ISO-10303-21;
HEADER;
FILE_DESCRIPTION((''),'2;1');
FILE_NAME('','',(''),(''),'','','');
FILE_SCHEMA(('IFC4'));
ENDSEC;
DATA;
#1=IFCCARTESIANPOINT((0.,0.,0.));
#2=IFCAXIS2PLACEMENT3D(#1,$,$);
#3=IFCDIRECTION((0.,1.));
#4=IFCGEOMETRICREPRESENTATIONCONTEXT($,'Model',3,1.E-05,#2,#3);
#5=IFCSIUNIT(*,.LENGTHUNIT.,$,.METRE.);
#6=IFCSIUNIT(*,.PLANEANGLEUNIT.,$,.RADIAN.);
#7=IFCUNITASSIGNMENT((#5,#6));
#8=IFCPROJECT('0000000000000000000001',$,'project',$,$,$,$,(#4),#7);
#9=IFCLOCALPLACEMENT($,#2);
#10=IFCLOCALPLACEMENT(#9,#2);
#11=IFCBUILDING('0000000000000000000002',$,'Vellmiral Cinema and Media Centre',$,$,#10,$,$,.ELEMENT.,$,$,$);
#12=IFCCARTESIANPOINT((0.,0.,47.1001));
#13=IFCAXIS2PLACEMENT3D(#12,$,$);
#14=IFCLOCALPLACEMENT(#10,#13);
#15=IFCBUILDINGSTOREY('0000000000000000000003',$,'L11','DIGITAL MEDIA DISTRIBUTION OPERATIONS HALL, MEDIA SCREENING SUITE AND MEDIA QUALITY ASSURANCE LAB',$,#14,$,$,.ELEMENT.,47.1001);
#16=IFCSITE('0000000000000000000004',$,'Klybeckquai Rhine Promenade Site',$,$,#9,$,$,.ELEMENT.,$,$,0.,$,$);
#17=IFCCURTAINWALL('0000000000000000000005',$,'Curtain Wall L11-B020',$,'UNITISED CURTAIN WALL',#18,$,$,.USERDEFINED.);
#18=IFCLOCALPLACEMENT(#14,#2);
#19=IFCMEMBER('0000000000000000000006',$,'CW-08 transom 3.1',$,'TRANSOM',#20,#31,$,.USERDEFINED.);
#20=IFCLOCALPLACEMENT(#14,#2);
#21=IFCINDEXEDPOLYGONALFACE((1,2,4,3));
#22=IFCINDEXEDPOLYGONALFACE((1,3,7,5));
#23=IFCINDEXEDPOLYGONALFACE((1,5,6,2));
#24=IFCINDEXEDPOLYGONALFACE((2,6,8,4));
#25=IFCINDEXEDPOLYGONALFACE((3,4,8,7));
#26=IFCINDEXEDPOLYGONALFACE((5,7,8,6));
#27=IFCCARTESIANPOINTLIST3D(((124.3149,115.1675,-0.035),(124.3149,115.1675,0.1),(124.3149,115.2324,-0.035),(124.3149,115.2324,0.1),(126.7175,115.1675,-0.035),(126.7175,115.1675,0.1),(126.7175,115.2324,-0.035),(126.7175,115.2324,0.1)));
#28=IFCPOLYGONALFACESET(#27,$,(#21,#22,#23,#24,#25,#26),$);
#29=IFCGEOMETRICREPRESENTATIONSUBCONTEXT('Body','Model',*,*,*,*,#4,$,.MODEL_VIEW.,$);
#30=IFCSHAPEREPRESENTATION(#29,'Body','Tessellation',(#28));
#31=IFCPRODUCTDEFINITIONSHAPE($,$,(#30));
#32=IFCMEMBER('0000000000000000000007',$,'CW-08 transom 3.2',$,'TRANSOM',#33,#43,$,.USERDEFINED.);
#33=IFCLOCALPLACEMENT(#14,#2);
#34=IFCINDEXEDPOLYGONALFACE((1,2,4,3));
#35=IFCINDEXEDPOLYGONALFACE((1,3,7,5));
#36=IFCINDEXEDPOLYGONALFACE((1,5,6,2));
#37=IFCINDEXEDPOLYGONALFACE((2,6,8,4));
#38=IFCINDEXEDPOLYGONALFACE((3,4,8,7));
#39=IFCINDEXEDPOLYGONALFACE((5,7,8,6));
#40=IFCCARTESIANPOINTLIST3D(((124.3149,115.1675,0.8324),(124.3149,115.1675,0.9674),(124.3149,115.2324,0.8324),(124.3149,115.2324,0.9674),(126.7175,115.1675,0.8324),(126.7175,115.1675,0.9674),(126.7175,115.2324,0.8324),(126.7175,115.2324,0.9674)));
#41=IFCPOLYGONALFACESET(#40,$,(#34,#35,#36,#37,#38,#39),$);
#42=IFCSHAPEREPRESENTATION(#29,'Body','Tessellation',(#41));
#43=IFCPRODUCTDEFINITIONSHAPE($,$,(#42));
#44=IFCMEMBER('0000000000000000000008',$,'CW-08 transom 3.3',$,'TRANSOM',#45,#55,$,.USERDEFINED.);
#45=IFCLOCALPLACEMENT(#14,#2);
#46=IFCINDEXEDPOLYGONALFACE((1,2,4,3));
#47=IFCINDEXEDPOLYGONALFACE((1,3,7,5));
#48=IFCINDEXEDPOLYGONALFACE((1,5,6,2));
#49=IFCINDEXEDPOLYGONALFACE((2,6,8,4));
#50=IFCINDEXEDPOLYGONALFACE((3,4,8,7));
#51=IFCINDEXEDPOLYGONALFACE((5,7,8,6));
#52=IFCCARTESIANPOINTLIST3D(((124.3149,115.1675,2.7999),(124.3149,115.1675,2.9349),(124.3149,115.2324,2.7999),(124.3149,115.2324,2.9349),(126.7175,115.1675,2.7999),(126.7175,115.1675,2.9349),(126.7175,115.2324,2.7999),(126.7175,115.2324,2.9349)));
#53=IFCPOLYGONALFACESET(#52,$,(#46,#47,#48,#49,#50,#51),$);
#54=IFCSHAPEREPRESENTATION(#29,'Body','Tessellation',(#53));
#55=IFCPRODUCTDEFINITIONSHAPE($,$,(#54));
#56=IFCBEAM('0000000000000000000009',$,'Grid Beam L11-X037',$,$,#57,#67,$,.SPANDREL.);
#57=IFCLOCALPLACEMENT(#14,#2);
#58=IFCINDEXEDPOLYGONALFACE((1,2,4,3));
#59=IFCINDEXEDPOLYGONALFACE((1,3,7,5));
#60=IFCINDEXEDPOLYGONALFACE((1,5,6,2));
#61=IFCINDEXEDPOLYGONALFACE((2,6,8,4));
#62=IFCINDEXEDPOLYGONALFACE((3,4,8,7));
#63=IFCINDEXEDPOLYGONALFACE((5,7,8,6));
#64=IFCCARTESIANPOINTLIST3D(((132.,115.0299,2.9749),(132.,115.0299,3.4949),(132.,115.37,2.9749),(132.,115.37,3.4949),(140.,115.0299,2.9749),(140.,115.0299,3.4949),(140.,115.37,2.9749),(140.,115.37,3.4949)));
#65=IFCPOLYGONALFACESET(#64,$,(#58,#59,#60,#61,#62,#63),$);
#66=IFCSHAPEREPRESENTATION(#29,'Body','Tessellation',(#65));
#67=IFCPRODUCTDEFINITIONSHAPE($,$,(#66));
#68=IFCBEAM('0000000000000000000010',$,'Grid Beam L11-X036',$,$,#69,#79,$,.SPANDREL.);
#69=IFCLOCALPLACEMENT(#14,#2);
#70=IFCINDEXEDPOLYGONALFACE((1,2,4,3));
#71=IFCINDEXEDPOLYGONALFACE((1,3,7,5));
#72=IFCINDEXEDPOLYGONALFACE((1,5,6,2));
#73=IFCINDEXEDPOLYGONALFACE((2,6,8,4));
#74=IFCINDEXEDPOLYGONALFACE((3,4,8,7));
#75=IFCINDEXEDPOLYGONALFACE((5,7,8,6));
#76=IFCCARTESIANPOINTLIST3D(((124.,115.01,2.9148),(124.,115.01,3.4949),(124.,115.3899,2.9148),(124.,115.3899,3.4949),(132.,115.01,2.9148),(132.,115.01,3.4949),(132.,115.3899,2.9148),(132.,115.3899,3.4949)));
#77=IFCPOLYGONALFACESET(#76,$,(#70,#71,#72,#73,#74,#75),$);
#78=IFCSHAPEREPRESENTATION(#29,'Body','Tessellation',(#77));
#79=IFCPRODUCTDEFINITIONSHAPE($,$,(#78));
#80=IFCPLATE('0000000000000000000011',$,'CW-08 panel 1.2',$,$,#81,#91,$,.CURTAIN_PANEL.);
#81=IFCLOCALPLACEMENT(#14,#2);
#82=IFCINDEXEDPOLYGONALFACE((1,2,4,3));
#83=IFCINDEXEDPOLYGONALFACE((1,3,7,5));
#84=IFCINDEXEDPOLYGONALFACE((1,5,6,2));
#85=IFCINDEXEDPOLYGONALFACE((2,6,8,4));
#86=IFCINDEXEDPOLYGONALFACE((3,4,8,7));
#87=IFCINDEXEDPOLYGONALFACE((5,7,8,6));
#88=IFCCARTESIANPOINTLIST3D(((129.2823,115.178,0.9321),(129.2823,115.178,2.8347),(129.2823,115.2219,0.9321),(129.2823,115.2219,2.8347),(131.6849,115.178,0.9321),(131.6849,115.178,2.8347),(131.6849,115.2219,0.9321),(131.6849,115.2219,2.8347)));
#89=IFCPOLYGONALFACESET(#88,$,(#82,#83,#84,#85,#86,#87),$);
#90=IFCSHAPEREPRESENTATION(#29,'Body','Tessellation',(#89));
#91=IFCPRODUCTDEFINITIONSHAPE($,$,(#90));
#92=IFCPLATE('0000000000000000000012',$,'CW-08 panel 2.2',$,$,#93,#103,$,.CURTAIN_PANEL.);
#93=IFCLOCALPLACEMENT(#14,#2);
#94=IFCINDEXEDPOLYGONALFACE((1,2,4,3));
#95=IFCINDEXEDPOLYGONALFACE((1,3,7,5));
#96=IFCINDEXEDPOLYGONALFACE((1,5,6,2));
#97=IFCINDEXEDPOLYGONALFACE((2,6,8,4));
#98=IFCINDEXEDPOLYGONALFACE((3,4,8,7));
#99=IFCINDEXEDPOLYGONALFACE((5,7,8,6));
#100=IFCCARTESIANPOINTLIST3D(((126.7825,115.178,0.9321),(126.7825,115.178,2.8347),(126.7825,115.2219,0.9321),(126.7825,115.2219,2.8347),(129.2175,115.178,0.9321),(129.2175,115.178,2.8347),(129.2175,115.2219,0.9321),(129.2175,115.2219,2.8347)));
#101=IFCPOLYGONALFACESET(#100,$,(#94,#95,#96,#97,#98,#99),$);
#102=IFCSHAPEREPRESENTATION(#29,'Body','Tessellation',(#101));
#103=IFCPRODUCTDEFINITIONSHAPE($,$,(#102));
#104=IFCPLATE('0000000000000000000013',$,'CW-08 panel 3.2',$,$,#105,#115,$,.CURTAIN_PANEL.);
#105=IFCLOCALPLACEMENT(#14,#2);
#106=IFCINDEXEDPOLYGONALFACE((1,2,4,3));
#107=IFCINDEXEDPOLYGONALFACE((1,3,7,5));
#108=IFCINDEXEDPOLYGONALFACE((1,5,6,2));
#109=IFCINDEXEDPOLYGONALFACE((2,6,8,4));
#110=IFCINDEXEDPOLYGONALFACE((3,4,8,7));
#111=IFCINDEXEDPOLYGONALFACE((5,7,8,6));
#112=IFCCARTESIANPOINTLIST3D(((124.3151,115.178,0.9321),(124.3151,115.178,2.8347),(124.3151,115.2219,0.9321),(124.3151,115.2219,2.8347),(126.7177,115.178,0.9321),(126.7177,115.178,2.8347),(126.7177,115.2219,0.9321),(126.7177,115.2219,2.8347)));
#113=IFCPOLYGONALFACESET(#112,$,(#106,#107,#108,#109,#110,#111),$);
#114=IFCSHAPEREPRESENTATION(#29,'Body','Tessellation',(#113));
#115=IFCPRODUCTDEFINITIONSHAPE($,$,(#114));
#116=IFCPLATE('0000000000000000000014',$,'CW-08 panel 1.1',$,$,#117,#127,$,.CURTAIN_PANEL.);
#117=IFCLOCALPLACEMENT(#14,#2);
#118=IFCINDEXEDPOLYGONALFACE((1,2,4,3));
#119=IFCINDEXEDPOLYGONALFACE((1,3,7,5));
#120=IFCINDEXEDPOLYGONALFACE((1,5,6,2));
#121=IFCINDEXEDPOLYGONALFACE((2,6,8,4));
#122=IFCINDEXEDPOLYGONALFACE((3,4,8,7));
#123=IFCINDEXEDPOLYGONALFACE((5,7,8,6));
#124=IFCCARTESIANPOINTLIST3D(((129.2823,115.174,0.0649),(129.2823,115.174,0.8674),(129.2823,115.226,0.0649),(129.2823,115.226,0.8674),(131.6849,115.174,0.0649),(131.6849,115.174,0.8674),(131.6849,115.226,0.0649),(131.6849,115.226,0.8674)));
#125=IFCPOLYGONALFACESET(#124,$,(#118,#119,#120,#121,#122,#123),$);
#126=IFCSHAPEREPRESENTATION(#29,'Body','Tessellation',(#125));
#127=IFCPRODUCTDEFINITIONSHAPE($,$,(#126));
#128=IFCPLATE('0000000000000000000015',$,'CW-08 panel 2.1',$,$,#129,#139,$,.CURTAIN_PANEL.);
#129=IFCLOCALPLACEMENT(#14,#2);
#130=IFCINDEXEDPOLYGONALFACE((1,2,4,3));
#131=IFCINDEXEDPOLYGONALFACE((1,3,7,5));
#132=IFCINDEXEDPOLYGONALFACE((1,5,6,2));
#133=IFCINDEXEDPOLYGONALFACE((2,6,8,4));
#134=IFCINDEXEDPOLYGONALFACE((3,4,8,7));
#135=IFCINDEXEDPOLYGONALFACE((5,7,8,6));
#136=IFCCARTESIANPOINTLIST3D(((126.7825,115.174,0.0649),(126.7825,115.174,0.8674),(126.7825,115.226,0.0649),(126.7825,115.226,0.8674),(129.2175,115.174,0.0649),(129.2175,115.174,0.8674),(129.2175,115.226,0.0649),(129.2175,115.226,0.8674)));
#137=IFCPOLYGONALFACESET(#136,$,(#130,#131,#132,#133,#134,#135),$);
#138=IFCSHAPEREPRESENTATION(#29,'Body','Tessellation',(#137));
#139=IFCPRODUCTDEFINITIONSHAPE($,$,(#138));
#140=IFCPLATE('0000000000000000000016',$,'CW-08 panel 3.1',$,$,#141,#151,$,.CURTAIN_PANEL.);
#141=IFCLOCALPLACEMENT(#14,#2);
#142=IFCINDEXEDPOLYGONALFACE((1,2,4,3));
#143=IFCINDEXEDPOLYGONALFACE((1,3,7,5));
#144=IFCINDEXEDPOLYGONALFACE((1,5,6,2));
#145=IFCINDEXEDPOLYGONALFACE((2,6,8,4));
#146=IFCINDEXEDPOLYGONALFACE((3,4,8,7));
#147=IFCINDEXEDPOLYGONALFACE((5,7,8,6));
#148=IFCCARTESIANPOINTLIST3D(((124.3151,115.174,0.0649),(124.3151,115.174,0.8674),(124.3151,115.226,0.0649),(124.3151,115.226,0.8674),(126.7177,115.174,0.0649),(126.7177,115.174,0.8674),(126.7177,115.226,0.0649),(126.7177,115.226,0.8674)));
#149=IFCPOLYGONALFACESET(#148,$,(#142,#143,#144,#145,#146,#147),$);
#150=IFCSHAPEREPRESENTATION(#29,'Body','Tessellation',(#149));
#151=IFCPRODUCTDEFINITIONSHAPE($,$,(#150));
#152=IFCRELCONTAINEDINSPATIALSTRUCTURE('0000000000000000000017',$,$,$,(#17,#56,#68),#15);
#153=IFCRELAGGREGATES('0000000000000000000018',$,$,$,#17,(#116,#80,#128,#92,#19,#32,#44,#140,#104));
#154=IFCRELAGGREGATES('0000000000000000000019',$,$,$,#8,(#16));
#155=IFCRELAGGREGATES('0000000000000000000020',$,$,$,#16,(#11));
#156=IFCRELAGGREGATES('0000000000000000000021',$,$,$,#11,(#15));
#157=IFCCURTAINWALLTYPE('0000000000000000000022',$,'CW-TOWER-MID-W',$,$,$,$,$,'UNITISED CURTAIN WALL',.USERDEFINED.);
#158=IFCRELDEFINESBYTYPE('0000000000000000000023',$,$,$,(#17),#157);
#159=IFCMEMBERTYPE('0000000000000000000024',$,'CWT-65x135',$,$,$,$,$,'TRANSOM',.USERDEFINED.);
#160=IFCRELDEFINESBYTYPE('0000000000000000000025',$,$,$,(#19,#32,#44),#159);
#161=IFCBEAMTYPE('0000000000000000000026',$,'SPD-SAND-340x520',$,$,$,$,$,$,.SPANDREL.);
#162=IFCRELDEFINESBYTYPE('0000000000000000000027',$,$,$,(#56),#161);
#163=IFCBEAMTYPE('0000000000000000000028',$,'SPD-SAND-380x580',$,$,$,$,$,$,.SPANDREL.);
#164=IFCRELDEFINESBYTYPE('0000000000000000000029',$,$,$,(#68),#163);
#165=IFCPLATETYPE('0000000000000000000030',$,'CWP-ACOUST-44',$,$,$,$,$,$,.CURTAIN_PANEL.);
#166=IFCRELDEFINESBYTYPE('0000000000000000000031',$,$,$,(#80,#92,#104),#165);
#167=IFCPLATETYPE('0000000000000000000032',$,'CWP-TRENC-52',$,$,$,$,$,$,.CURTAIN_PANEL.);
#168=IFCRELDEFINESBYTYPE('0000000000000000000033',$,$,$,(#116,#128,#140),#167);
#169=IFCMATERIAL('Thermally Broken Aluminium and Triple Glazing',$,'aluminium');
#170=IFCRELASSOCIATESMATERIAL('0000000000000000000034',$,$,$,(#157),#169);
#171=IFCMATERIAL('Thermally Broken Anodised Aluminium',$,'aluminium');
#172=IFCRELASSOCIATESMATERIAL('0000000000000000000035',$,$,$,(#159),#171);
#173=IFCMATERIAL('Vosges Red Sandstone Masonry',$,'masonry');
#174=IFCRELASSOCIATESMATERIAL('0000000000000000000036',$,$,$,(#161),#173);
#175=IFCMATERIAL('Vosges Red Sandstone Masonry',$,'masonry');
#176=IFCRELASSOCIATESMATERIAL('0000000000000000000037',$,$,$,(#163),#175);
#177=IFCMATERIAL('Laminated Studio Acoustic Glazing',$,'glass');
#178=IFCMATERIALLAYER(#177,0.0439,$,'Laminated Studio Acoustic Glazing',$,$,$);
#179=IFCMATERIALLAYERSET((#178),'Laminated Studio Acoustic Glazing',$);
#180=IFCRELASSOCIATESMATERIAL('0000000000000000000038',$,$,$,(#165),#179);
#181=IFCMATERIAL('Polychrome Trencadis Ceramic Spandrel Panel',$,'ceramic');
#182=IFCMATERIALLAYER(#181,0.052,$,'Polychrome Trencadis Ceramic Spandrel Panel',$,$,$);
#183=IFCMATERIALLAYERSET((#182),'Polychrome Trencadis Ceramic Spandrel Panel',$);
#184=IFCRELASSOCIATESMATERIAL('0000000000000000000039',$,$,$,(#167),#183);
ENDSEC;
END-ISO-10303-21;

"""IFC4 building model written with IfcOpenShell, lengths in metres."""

from ifc_helpers import new_model, si_unit, direction, frame, origin, origin_2d, place, context, subcontext, project, spatial, rectangle, extrude, material, layer, layer_set, material_profile, profile_set, type_object, element, aggregate, save


model = new_model("IFC4")

# Units and contexts
model_context = context("Model", 3, precision=1e-05, world=origin(), true_north=direction((0.0, 1.0)))
body_context = subcontext(model_context, "Body", "Model", "MODEL_VIEW")
ifc_project = project(units=[si_unit("LENGTHUNIT", "METRE"), si_unit("PLANEANGLEUNIT", "RADIAN")], contexts=[model_context])

# Site, building, storey
site_placement = place(None, origin())
site = spatial("IfcSite", under=ifc_project, at=site_placement, Name="Klybeckquai Rhine Promenade Site", CompositionType="ELEMENT", RefElevation=0.0)
building_placement = place(site_placement, origin())
building = spatial("IfcBuilding", under=site, at=building_placement, Name="Vellmiral Cinema and Media Centre", CompositionType="ELEMENT")
storey_placement = place(building_placement, frame((0.0, 0.0, 47.1001)))
storey = spatial("IfcBuildingStorey", under=building, at=storey_placement, Name="L11", Description="DIGITAL MEDIA DISTRIBUTION OPERATIONS HALL, MEDIA SCREENING SUITE AND MEDIA QUALITY ASSURANCE LAB", CompositionType="ELEMENT", Elevation=47.1001)

# Curtain wall, members
ifc_material_1 = material(Name="Thermally Broken Aluminium and Triple Glazing", Category="aluminium")
curtain_wall_type = type_object("IfcCurtainWallType", Name="CW-TOWER-MID-W", ElementType="UNITISED CURTAIN WALL", PredefinedType="USERDEFINED", material=ifc_material_1)
curtain_wall_placement = place(storey_placement, origin())
curtain_wall = element("IfcCurtainWall", 1, at=curtain_wall_placement, inside=storey, type_object=curtain_wall_type, Name="Curtain Wall L11-B020", ObjectType="UNITISED CURTAIN WALL", PredefinedType="USERDEFINED")
ifc_material_2 = material(Name="Thermally Broken Anodised Aluminium", Category="aluminium")
ifc_material_profile_1 = material_profile(ifc_material_2, rectangle(XDim=0.0649, YDim=0.135, at=origin_2d()), Name="MULL 65x135")
ifc_profile_set_1 = profile_set([ifc_material_profile_1], Name="Thermally Broken Anodised Aluminium")
member_type_1 = type_object("IfcMemberType", Name="CWT-65x135", ElementType="TRANSOM", PredefinedType="USERDEFINED", material=ifc_profile_set_1)
member_1_placement = place(storey_placement, frame((126.7175, 115.2, 0.0325), z_axis=(-1.0, 0.0, 0.0), x_axis=(0.0, -1.0, 0.0)))
member_1 = element("IfcMember", 2, at=member_1_placement, type_object=member_type_1, Name="CW-08 transom 3.1", ObjectType="TRANSOM", PredefinedType="USERDEFINED", context=body_context, shape_type="SweptSolid", body=[
    extrude(rectangle(XDim=0.0649, YDim=0.135, at=origin_2d()), origin(), (0.0, 0.0, 1.0), 2.4026),
])
member_2_placement = place(storey_placement, frame((126.7175, 115.2, 0.8999), z_axis=(-1.0, 0.0, 0.0), x_axis=(0.0, -1.0, 0.0)))
member_2 = element("IfcMember", 3, at=member_2_placement, type_object=member_type_1, Name="CW-08 transom 3.2", ObjectType="TRANSOM", PredefinedType="USERDEFINED", context=body_context, shape_type="SweptSolid", body=[
    extrude(rectangle(XDim=0.0649, YDim=0.135, at=origin_2d()), origin(), (0.0, 0.0, 1.0), 2.4026),
])
member_3_placement = place(storey_placement, frame((126.7175, 115.2, 2.8674), z_axis=(-1.0, 0.0, 0.0), x_axis=(0.0, -1.0, 0.0)))
member_3 = element("IfcMember", 4, at=member_3_placement, type_object=member_type_1, Name="CW-08 transom 3.3", ObjectType="TRANSOM", PredefinedType="USERDEFINED", context=body_context, shape_type="SweptSolid", body=[
    extrude(rectangle(XDim=0.0649, YDim=0.135, at=origin_2d()), origin(), (0.0, 0.0, 1.0), 2.4026),
])

# Beams
ifc_material_3 = material(Name="Vosges Red Sandstone Masonry", Category="masonry")
ifc_material_profile_2 = material_profile(ifc_material_3, rectangle(XDim=0.3401, YDim=0.52, at=origin_2d()), Name="SAND 340x520")
ifc_profile_set_2 = profile_set([ifc_material_profile_2], Name="Vosges Red Sandstone Masonry")
beam_type_1 = type_object("IfcBeamType", Name="SPD-SAND-340x520", PredefinedType="SPANDREL", material=ifc_profile_set_2)
beam_1_placement = place(storey_placement, frame((132.0, 115.2, 3.2349), z_axis=(1.0, 0.0, 0.0), x_axis=(0.0, 1.0, 0.0)))
element("IfcBeam", 5, at=beam_1_placement, inside=storey, type_object=beam_type_1, Name="Grid Beam L11-X037", PredefinedType="SPANDREL", context=body_context, shape_type="SweptSolid", body=[
    extrude(rectangle(XDim=0.3401, YDim=0.52, at=origin_2d()), origin(), (0.0, 0.0, 1.0), 8.0),
])
ifc_material_4 = material(Name="Vosges Red Sandstone Masonry", Category="masonry")
ifc_material_profile_3 = material_profile(ifc_material_4, rectangle(XDim=0.3799, YDim=0.5801, at=origin_2d()), Name="SAND 380x580")
ifc_profile_set_3 = profile_set([ifc_material_profile_3], Name="Vosges Red Sandstone Masonry")
beam_type_2 = type_object("IfcBeamType", Name="SPD-SAND-380x580", PredefinedType="SPANDREL", material=ifc_profile_set_3)
beam_2_placement = place(storey_placement, frame((124.0, 115.2, 3.2048), z_axis=(1.0, 0.0, 0.0), x_axis=(0.0, 1.0, 0.0)))
element("IfcBeam", 6, at=beam_2_placement, inside=storey, type_object=beam_type_2, Name="Grid Beam L11-X036", PredefinedType="SPANDREL", context=body_context, shape_type="SweptSolid", body=[
    extrude(rectangle(XDim=0.3799, YDim=0.5801, at=origin_2d()), origin(), (0.0, 0.0, 1.0), 8.0),
])

# Plates
ifc_material_5 = material(Name="Laminated Studio Acoustic Glazing", Category="glass")
ifc_layer_1 = layer(ifc_material_5, 0.0439, Name="Laminated Studio Acoustic Glazing")
ifc_layer_set_1 = layer_set([ifc_layer_1], Name="Laminated Studio Acoustic Glazing")
plate_type_1 = type_object("IfcPlateType", Name="CWP-ACOUST-44", PredefinedType="CURTAIN_PANEL", material=ifc_layer_set_1)
plate_1_placement = place(storey_placement, frame((130.4836, 115.2, 0.9321), z_axis=(0.0, 0.0, 1.0), x_axis=(-1.0, 0.0, 0.0)))
plate_1 = element("IfcPlate", 7, at=plate_1_placement, type_object=plate_type_1, Name="CW-08 panel 1.2", PredefinedType="CURTAIN_PANEL", context=body_context, shape_type="SweptSolid", body=[
    extrude(rectangle(XDim=2.4026, YDim=0.0439, at=origin_2d()), origin(), (0.0, 0.0, 1.0), 1.9026),
])
plate_2_placement = place(storey_placement, frame((128.0, 115.2, 0.9321), z_axis=(0.0, 0.0, 1.0), x_axis=(-1.0, 0.0, 0.0)))
plate_2 = element("IfcPlate", 8, at=plate_2_placement, type_object=plate_type_1, Name="CW-08 panel 2.2", PredefinedType="CURTAIN_PANEL", context=body_context, shape_type="SweptSolid", body=[
    extrude(rectangle(XDim=2.4351, YDim=0.0439, at=origin_2d()), origin(), (0.0, 0.0, 1.0), 1.9026),
])
plate_3_placement = place(storey_placement, frame((125.5164, 115.2, 0.9321), z_axis=(0.0, 0.0, 1.0), x_axis=(-1.0, 0.0, 0.0)))
plate_3 = element("IfcPlate", 9, at=plate_3_placement, type_object=plate_type_1, Name="CW-08 panel 3.2", PredefinedType="CURTAIN_PANEL", context=body_context, shape_type="SweptSolid", body=[
    extrude(rectangle(XDim=2.4026, YDim=0.0439, at=origin_2d()), origin(), (0.0, 0.0, 1.0), 1.9026),
])
ifc_material_6 = material(Name="Polychrome Trencadis Ceramic Spandrel Panel", Category="ceramic")
ifc_layer_2 = layer(ifc_material_6, 0.052, Name="Polychrome Trencadis Ceramic Spandrel Panel")
ifc_layer_set_2 = layer_set([ifc_layer_2], Name="Polychrome Trencadis Ceramic Spandrel Panel")
plate_type_2 = type_object("IfcPlateType", Name="CWP-TRENC-52", PredefinedType="CURTAIN_PANEL", material=ifc_layer_set_2)
plate_4_placement = place(storey_placement, frame((130.4836, 115.2, 0.0649), z_axis=(0.0, 0.0, 1.0), x_axis=(-1.0, 0.0, 0.0)))
plate_4 = element("IfcPlate", 10, at=plate_4_placement, type_object=plate_type_2, Name="CW-08 panel 1.1", PredefinedType="CURTAIN_PANEL", context=body_context, shape_type="SweptSolid", body=[
    extrude(rectangle(XDim=2.4026, YDim=0.052, at=origin_2d()), origin(), (0.0, 0.0, 1.0), 0.8025),
])
plate_5_placement = place(storey_placement, frame((128.0, 115.2, 0.0649), z_axis=(0.0, 0.0, 1.0), x_axis=(-1.0, 0.0, 0.0)))
plate_5 = element("IfcPlate", 11, at=plate_5_placement, type_object=plate_type_2, Name="CW-08 panel 2.1", PredefinedType="CURTAIN_PANEL", context=body_context, shape_type="SweptSolid", body=[
    extrude(rectangle(XDim=2.4351, YDim=0.052, at=origin_2d()), origin(), (0.0, 0.0, 1.0), 0.8025),
])
plate_6_placement = place(storey_placement, frame((125.5164, 115.2, 0.0649), z_axis=(0.0, 0.0, 1.0), x_axis=(-1.0, 0.0, 0.0)))
plate_6 = element("IfcPlate", 12, at=plate_6_placement, type_object=plate_type_2, Name="CW-08 panel 3.1", PredefinedType="CURTAIN_PANEL", context=body_context, shape_type="SweptSolid", body=[
    extrude(rectangle(XDim=2.4026, YDim=0.052, at=origin_2d()), origin(), (0.0, 0.0, 1.0), 0.8025),
])
aggregate(curtain_wall, [plate_4, plate_1, plate_5, plate_2, member_1, member_2, member_3, plate_6, plate_3])

save(model, "model.ifc")
